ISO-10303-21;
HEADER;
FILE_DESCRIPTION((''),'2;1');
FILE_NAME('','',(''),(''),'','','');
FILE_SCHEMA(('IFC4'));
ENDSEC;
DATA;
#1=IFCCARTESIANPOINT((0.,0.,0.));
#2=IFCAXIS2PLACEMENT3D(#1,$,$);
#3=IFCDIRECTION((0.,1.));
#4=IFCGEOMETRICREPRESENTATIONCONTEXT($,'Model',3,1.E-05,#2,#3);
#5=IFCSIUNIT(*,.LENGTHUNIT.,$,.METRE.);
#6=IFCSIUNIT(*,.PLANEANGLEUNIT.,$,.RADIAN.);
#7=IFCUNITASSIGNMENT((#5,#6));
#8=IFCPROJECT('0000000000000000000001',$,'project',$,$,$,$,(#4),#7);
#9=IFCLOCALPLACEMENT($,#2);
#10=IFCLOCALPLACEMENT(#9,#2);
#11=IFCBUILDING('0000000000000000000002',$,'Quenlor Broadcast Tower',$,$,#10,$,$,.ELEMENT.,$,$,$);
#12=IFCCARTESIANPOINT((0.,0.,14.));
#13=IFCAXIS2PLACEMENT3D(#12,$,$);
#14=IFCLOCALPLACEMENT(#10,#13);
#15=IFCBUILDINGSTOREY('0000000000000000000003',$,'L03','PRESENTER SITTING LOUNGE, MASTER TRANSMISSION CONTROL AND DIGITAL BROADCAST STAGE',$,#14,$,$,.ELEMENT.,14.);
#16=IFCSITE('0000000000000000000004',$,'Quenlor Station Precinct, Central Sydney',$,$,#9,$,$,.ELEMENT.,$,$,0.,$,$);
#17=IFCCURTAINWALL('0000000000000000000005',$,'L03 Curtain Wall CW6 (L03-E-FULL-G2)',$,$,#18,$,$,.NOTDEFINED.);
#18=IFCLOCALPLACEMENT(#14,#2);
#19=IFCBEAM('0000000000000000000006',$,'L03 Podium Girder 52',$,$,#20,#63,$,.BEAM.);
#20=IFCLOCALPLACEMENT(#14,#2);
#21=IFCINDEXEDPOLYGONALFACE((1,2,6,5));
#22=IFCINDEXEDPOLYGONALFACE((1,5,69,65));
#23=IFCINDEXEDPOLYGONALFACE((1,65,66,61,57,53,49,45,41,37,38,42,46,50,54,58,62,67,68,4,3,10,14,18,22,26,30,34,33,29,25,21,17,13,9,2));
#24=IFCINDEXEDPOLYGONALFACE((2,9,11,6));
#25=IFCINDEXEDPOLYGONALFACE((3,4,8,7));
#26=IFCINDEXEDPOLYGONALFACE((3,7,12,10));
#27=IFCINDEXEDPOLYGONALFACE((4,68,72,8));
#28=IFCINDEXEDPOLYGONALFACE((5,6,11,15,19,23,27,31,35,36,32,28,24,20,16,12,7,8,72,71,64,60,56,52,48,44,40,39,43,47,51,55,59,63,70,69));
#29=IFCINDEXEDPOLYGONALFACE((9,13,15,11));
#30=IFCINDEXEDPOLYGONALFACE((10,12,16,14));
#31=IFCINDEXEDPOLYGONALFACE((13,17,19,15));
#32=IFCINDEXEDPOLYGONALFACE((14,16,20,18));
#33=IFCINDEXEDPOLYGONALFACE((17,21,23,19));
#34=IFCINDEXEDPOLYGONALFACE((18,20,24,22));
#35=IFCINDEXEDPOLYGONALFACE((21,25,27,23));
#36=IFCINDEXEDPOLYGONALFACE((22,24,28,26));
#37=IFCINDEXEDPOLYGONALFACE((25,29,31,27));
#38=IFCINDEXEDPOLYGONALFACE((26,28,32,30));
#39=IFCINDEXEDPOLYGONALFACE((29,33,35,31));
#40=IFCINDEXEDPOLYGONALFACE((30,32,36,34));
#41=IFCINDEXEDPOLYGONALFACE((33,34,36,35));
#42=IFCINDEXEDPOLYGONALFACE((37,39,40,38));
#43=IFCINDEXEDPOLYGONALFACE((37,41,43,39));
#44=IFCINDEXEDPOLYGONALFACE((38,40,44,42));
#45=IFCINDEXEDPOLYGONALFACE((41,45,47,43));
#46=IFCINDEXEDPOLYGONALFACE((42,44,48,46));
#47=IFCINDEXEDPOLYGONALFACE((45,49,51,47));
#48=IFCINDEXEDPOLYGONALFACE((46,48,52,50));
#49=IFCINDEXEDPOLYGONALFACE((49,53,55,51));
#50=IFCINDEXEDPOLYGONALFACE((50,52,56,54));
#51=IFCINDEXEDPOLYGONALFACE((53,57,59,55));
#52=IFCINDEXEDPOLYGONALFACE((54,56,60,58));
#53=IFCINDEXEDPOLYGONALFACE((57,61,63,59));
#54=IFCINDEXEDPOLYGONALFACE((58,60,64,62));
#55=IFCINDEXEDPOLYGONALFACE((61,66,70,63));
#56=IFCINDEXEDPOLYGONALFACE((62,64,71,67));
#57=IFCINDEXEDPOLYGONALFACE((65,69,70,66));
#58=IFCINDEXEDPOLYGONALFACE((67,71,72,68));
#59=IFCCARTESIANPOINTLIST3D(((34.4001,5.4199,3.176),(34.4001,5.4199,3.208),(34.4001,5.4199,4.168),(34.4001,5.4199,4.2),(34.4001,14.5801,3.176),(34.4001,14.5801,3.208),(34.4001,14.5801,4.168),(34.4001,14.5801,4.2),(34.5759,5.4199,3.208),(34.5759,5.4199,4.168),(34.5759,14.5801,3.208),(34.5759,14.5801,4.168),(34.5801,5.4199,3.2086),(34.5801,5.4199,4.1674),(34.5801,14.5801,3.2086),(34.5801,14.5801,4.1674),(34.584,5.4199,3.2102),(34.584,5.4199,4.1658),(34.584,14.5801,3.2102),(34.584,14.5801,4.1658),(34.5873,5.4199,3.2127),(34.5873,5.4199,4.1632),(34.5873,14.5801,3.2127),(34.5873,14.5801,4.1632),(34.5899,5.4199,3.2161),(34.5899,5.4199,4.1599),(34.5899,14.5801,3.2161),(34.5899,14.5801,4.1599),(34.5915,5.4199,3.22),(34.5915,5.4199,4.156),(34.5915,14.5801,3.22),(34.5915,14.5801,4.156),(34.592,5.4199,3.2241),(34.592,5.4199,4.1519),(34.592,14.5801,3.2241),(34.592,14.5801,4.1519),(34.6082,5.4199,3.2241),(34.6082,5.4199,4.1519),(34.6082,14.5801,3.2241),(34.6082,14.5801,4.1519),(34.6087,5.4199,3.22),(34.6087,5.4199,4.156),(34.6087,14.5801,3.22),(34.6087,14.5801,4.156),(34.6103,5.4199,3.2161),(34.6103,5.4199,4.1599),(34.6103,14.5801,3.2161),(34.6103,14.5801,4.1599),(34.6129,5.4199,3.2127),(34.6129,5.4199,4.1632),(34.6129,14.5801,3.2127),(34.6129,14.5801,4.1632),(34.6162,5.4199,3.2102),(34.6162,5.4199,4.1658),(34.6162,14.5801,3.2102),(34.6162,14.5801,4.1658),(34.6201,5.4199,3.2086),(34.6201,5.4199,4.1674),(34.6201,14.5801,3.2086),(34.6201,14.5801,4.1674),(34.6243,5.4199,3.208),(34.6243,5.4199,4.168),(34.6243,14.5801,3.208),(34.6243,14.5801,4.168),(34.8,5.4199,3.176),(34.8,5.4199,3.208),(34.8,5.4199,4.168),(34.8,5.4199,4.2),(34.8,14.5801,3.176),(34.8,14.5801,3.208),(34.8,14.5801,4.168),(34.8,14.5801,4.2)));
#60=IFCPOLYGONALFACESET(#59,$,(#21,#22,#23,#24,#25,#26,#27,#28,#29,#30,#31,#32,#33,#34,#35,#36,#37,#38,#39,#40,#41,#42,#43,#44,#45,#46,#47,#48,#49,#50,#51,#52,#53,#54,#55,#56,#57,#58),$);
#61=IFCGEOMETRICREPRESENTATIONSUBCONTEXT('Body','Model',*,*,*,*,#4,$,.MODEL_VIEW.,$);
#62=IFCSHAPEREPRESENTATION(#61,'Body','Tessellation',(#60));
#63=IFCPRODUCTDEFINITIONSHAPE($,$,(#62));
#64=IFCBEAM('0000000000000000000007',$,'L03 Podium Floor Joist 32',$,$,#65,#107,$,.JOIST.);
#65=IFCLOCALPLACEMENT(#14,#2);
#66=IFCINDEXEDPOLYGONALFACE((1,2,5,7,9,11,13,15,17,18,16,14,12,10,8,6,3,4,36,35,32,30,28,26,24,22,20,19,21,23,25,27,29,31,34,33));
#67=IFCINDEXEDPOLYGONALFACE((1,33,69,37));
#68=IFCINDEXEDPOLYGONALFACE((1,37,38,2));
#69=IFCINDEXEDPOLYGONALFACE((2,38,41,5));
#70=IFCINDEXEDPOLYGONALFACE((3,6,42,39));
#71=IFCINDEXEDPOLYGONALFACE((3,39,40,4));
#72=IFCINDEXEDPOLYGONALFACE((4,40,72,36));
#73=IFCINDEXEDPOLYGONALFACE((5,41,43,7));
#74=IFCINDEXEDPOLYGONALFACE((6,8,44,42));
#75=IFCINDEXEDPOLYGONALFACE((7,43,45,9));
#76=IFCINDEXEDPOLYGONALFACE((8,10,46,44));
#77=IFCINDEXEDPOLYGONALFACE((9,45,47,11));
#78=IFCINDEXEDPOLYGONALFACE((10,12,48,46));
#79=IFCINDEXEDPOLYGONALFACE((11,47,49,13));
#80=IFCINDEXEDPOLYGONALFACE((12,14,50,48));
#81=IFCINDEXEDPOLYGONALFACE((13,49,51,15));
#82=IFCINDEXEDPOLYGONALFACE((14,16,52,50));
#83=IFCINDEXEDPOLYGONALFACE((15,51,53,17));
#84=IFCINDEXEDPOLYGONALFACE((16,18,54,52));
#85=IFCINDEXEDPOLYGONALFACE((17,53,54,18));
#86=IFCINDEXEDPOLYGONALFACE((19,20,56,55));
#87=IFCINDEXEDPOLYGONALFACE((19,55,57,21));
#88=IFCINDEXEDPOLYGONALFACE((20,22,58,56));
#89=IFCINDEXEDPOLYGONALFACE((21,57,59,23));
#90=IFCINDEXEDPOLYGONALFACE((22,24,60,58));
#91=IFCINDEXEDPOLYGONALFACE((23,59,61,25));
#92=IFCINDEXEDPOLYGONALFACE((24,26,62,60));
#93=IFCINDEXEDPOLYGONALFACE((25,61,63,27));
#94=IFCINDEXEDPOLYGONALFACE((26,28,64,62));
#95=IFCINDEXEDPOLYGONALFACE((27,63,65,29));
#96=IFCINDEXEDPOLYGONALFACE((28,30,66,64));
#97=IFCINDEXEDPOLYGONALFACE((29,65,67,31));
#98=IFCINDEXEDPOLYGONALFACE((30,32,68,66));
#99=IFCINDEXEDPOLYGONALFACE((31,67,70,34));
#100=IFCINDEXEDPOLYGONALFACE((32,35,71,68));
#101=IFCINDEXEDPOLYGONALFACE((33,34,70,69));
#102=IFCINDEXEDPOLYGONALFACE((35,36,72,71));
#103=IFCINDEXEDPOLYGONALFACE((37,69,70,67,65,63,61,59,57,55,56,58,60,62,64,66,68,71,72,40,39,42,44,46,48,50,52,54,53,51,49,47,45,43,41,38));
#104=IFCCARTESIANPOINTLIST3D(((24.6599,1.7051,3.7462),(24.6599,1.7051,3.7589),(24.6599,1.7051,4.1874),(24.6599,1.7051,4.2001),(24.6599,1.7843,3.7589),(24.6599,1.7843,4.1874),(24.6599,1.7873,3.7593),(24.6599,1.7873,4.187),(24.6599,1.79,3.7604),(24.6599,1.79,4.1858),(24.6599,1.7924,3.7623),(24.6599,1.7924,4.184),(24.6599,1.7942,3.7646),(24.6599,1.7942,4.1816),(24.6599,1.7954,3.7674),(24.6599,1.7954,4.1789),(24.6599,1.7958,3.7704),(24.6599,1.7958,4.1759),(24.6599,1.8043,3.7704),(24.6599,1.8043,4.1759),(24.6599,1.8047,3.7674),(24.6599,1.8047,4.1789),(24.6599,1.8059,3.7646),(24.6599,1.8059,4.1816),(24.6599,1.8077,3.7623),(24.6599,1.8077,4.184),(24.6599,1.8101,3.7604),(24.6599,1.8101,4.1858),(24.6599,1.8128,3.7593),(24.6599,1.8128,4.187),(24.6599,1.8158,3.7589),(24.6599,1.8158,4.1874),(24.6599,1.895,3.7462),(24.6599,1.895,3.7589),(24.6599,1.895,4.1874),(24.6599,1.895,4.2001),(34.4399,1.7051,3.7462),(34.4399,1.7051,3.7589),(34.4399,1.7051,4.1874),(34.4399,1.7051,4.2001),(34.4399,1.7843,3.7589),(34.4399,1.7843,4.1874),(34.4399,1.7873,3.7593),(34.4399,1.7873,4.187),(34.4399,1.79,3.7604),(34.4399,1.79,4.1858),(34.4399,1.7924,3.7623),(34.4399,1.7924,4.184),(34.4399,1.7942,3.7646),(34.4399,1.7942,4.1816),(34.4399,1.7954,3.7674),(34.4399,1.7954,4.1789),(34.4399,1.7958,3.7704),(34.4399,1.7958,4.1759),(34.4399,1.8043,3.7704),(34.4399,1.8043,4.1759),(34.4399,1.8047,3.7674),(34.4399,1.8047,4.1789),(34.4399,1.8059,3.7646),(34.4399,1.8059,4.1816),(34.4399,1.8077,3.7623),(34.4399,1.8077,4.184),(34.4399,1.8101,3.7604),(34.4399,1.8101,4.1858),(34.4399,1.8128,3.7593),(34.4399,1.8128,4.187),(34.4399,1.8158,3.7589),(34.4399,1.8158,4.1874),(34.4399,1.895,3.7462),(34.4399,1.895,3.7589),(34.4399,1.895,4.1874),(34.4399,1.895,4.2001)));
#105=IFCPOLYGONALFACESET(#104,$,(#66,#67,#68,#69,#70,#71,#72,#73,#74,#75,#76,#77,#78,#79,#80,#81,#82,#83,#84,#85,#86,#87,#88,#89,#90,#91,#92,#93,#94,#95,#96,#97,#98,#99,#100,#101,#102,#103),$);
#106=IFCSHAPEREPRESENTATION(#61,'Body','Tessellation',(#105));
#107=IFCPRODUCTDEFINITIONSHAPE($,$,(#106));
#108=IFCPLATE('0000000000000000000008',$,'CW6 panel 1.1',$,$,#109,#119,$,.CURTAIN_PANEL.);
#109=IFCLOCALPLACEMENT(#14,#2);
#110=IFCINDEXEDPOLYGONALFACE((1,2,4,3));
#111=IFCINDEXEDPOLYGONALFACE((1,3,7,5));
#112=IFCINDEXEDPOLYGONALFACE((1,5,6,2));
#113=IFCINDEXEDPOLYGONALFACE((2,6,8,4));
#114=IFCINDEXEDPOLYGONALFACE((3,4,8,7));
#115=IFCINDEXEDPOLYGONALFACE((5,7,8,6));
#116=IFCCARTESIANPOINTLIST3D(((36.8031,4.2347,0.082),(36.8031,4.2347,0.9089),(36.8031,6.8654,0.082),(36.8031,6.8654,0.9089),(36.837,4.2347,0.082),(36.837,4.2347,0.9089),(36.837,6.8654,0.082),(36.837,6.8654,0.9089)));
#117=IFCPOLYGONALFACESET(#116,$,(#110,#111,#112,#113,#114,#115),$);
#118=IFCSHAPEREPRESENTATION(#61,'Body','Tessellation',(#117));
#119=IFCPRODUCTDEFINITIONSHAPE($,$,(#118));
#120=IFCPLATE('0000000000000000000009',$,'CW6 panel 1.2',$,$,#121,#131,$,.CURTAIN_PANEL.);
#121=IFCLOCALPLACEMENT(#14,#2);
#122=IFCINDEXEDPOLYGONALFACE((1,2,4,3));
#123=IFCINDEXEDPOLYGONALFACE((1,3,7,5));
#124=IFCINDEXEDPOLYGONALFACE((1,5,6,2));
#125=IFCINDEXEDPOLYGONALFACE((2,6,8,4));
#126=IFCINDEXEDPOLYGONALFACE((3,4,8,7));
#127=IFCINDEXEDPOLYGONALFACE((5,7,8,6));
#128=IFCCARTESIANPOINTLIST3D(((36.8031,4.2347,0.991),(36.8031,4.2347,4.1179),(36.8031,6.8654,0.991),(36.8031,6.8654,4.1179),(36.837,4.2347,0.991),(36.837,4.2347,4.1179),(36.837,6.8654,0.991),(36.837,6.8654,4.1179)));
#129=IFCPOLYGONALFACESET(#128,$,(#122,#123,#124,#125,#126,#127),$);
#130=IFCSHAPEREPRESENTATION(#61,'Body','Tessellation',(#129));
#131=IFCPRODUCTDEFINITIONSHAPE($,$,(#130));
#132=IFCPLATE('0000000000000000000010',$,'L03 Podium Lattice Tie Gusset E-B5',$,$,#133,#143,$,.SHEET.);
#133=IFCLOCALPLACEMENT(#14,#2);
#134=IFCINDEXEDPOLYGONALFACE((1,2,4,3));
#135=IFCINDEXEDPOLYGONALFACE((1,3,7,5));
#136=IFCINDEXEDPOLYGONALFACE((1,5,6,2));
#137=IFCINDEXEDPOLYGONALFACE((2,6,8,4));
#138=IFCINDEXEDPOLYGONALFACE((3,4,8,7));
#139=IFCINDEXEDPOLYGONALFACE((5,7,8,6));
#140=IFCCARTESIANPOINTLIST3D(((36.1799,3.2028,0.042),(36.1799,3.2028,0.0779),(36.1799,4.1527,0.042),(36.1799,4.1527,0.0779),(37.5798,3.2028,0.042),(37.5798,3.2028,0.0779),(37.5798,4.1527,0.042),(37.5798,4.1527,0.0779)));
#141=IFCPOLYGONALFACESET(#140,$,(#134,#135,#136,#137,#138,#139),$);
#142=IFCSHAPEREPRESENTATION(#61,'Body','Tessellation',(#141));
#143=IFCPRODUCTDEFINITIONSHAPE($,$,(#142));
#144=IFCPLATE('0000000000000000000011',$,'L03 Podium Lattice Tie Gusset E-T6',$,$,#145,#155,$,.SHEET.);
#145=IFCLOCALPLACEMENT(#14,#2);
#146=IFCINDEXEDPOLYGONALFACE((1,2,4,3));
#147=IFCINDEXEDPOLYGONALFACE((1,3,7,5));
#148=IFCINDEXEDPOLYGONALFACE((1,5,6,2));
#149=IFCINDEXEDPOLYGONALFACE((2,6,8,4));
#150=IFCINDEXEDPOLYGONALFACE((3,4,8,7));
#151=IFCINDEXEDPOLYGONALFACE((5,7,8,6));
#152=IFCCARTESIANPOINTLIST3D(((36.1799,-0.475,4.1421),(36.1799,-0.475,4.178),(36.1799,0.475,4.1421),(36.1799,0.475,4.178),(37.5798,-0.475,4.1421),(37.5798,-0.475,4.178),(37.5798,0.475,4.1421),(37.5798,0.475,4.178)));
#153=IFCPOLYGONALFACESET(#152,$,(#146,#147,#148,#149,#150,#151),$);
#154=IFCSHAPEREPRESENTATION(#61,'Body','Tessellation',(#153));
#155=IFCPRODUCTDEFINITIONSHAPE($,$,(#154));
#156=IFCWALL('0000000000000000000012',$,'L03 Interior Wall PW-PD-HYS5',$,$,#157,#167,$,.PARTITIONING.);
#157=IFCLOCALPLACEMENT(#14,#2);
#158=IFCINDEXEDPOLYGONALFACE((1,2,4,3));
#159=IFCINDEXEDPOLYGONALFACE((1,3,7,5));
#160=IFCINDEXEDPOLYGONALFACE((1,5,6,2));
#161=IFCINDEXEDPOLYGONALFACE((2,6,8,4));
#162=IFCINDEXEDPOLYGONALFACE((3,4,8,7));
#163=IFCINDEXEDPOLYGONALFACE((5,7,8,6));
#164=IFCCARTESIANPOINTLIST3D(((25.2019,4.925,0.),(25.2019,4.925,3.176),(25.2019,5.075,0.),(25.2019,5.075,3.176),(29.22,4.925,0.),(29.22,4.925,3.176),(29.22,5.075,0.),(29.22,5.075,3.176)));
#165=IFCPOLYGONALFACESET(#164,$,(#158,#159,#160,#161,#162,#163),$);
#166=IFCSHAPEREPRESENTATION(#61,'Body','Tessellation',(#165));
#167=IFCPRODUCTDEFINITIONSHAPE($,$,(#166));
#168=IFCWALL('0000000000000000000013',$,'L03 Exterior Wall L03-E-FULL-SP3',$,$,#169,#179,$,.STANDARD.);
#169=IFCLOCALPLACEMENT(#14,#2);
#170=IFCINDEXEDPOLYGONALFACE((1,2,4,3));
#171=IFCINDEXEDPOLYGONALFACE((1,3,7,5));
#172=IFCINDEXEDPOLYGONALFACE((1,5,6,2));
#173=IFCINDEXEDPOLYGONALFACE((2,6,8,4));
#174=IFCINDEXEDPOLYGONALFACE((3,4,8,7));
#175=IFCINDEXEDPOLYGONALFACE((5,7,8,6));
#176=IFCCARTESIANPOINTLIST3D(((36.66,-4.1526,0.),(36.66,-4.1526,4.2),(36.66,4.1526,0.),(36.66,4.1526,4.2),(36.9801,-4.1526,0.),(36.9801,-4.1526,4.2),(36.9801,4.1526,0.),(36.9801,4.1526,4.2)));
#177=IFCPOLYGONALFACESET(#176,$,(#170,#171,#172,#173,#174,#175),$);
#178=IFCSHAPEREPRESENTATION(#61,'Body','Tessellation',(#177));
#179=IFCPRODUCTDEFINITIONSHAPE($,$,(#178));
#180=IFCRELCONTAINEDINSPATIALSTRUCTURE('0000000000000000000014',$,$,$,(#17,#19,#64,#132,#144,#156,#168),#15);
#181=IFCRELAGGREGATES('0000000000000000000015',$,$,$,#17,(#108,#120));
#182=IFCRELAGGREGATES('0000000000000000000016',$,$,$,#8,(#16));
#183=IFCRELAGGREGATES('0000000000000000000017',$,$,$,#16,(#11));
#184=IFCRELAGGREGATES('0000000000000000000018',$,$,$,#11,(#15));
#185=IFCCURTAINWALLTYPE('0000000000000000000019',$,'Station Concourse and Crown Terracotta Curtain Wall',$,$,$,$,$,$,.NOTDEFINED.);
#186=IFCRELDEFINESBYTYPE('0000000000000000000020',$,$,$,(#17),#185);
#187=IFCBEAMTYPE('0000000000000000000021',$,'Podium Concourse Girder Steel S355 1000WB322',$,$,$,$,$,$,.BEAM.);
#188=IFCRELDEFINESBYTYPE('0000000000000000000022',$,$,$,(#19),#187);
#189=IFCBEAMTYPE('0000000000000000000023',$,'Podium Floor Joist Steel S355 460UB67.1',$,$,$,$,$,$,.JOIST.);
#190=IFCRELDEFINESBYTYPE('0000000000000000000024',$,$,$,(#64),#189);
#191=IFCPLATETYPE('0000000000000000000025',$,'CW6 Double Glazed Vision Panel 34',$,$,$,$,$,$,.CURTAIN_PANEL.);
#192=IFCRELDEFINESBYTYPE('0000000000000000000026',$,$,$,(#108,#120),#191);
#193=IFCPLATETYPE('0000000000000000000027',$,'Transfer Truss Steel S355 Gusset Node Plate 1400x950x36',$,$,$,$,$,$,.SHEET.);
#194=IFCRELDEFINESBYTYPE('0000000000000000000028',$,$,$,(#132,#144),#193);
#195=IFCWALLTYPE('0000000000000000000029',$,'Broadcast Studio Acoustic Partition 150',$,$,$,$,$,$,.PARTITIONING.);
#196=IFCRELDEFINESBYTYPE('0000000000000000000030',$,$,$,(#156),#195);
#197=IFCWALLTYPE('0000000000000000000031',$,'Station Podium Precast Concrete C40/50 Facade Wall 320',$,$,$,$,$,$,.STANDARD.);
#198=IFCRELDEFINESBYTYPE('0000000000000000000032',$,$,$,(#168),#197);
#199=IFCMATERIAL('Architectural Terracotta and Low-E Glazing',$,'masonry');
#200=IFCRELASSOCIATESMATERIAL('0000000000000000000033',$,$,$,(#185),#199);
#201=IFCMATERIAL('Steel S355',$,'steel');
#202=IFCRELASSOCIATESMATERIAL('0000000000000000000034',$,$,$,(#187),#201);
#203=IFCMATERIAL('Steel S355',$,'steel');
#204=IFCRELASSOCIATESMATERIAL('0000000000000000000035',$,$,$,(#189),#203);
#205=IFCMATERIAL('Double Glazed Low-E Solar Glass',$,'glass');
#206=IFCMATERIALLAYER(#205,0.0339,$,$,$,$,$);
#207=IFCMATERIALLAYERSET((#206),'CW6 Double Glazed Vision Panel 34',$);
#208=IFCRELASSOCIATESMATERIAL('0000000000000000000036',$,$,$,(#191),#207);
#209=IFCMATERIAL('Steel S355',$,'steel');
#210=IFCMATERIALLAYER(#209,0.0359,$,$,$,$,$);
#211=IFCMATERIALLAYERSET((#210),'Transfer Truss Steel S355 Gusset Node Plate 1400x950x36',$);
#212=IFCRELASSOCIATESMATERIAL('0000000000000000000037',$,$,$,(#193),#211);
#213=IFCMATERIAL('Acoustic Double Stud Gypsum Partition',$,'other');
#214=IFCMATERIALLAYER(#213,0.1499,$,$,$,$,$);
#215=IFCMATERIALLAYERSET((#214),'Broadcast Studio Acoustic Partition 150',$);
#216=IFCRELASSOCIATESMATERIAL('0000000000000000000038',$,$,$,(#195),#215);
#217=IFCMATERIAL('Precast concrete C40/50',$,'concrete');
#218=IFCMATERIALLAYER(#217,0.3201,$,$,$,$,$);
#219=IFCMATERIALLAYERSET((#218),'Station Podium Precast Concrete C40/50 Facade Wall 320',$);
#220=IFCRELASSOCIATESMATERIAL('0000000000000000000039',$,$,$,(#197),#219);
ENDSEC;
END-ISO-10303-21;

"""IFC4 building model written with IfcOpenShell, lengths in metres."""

from ifc_helpers import new_model, si_unit, direction, frame, frame_2d, origin, origin_2d, place, context, subcontext, project, spatial, rectangle, i_section, extrude, material, layer, layer_set, material_profile, profile_set, type_object, element, aggregate, save


model = new_model("IFC4")

# Units and contexts
model_context = context("Model", 3, precision=1e-05, world=origin(), true_north=direction((0.0, 1.0)))
body_context = subcontext(model_context, "Body", "Model", "MODEL_VIEW")
ifc_project = project(units=[si_unit("LENGTHUNIT", "METRE"), si_unit("PLANEANGLEUNIT", "RADIAN")], contexts=[model_context])

# Site, building, storey
site_placement = place(None, origin())
site = spatial("IfcSite", under=ifc_project, at=site_placement, Name="Quenlor Station Precinct, Central Sydney", CompositionType="ELEMENT", RefElevation=0.0)
building_placement = place(site_placement, origin())
building = spatial("IfcBuilding", under=site, at=building_placement, Name="Quenlor Broadcast Tower", CompositionType="ELEMENT")
storey_placement = place(building_placement, frame((0.0, 0.0, 14.0)))
storey = spatial("IfcBuildingStorey", under=building, at=storey_placement, Name="L03", Description="PRESENTER SITTING LOUNGE, MASTER TRANSMISSION CONTROL AND DIGITAL BROADCAST STAGE", CompositionType="ELEMENT", Elevation=14.0)

# Curtain wall
ifc_material_1 = material(Name="Architectural Terracotta and Low-E Glazing", Category="masonry")
curtain_wall_type = type_object("IfcCurtainWallType", Name="Station Concourse and Crown Terracotta Curtain Wall", PredefinedType="NOTDEFINED", material=ifc_material_1)
curtain_wall_placement = place(storey_placement, origin())
curtain_wall = element("IfcCurtainWall", 1, at=curtain_wall_placement, inside=storey, type_object=curtain_wall_type, Name="L03 Curtain Wall CW6 (L03-E-FULL-G2)", PredefinedType="NOTDEFINED")

# Beams
ifc_material_2 = material(Name="Steel S355", Category="steel")
ifc_material_profile_1 = material_profile(ifc_material_2, i_section(OverallWidth=0.3999, OverallDepth=1.0239, WebThickness=0.0161, FlangeThickness=0.032, FilletRadius=0.0161, at=origin_2d()))
ifc_profile_set_1 = profile_set([ifc_material_profile_1], Name="Steel S355 1000WB322")
beam_type_1 = type_object("IfcBeamType", Name="Podium Concourse Girder Steel S355 1000WB322", PredefinedType="BEAM", material=ifc_profile_set_1)
beam_1_placement = place(storey_placement, frame((34.6001, 5.4199, 3.688), z_axis=(0.0, 1.0, 0.0), x_axis=(-1.0, 0.0, 0.0)))
element("IfcBeam", 2, at=beam_1_placement, inside=storey, type_object=beam_type_1, Name="L03 Podium Girder 52", PredefinedType="BEAM", context=body_context, shape_type="SweptSolid", body=[
    extrude(i_section(OverallWidth=0.3999, OverallDepth=1.0239, WebThickness=0.0161, FlangeThickness=0.032, FilletRadius=0.0161, at=origin_2d()), origin(), (0.0, 0.0, 1.0), 9.1602),
])
ifc_material_3 = material(Name="Steel S355", Category="steel")
ifc_material_profile_2 = material_profile(ifc_material_3, i_section(OverallWidth=0.1899, OverallDepth=0.4539, WebThickness=0.0085, FlangeThickness=0.0127, FilletRadius=0.0115, at=origin_2d()))
ifc_profile_set_2 = profile_set([ifc_material_profile_2], Name="Steel S355 460UB67.1")
beam_type_2 = type_object("IfcBeamType", Name="Podium Floor Joist Steel S355 460UB67.1", PredefinedType="JOIST", material=ifc_profile_set_2)
beam_2_placement = place(storey_placement, frame((24.6599, 1.8, 3.9731), z_axis=(1.0, 0.0, 0.0), x_axis=(0.0, 1.0, 0.0)))
element("IfcBeam", 3, at=beam_2_placement, inside=storey, type_object=beam_type_2, Name="L03 Podium Floor Joist 32", PredefinedType="JOIST", context=body_context, shape_type="SweptSolid", body=[
    extrude(i_section(OverallWidth=0.1899, OverallDepth=0.4539, WebThickness=0.0085, FlangeThickness=0.0127, FilletRadius=0.0115, at=origin_2d()), origin(), (0.0, 0.0, 1.0), 9.78),
])

# Plates
ifc_material_4 = material(Name="Double Glazed Low-E Solar Glass", Category="glass")
ifc_layer_1 = layer(ifc_material_4, 0.0339)
ifc_layer_set_1 = layer_set([ifc_layer_1], Name="CW6 Double Glazed Vision Panel 34")
plate_type_1 = type_object("IfcPlateType", Name="CW6 Double Glazed Vision Panel 34", PredefinedType="CURTAIN_PANEL", material=ifc_layer_set_1)
plate_1_placement = place(storey_placement, frame((36.8201, 5.55, 0.082), z_axis=(0.0, 0.0, 1.0), x_axis=(0.0, -1.0, 0.0)))
plate_1 = element("IfcPlate", 4, at=plate_1_placement, type_object=plate_type_1, Name="CW6 panel 1.1", PredefinedType="CURTAIN_PANEL", context=body_context, shape_type="SweptSolid", body=[
    extrude(rectangle(XDim=2.6306, YDim=0.0339, at=origin_2d()), origin(), (0.0, 0.0, 1.0), 0.8269),
])
plate_2_placement = place(storey_placement, frame((36.8201, 5.55, 0.991), z_axis=(0.0, 0.0, 1.0), x_axis=(0.0, -1.0, 0.0)))
plate_2 = element("IfcPlate", 5, at=plate_2_placement, type_object=plate_type_1, Name="CW6 panel 1.2", PredefinedType="CURTAIN_PANEL", context=body_context, shape_type="SweptSolid", body=[
    extrude(rectangle(XDim=2.6306, YDim=0.0339, at=origin_2d()), origin(), (0.0, 0.0, 1.0), 3.127),
])
aggregate(curtain_wall, [plate_1, plate_2])

# Plates
ifc_material_5 = material(Name="Steel S355", Category="steel")
ifc_layer_2 = layer(ifc_material_5, 0.0359)
ifc_layer_set_2 = layer_set([ifc_layer_2], Name="Transfer Truss Steel S355 Gusset Node Plate 1400x950x36")
plate_type_2 = type_object("IfcPlateType", Name="Transfer Truss Steel S355 Gusset Node Plate 1400x950x36", PredefinedType="SHEET", material=ifc_layer_set_2)
for number, where, z_axis, x_axis, name in (
    (6, (36.8799, 3.6777, 0.042), (0.0, 0.0, 1.0), (1.0, 0.0, 0.0), "L03 Podium Lattice Tie Gusset E-B5"),
    (7, (36.8799, 0.0, 4.1421), (0.0, 0.0, 1.0), (1.0, 0.0, 0.0), "L03 Podium Lattice Tie Gusset E-T6"),
):
    element("IfcPlate", number, at=place(storey_placement, frame(where, z_axis=z_axis, x_axis=x_axis)), inside=storey, type_object=plate_type_2, Name=name, PredefinedType="SHEET", context=body_context, shape_type="SweptSolid", body=[
        extrude(rectangle(XDim=1.3999, YDim=0.95, at=origin_2d()), origin(), (0.0, 0.0, 1.0), 0.0359),
    ])

# Walls
ifc_material_6 = material(Name="Acoustic Double Stud Gypsum Partition", Category="other")
ifc_layer_3 = layer(ifc_material_6, 0.1499)
ifc_layer_set_3 = layer_set([ifc_layer_3], Name="Broadcast Studio Acoustic Partition 150")
wall_type_1 = type_object("IfcWallType", Name="Broadcast Studio Acoustic Partition 150", PredefinedType="PARTITIONING", material=ifc_layer_set_3)
wall_1_placement = place(storey_placement, frame((25.2019, 5.0, 0.0), z_axis=(0.0, 0.0, 1.0), x_axis=(1.0, 0.0, 0.0)))
element("IfcWall", 8, at=wall_1_placement, inside=storey, type_object=wall_type_1, Name="L03 Interior Wall PW-PD-HYS5", PredefinedType="PARTITIONING", context=body_context, shape_type="SweptSolid", body=[
    extrude(rectangle(XDim=4.0181, YDim=0.1499, at=frame_2d((2.009, 0.0))), origin(), (0.0, 0.0, 1.0), 3.176),
])
ifc_material_7 = material(Name="Precast concrete C40/50", Category="concrete")
ifc_layer_4 = layer(ifc_material_7, 0.3201)
ifc_layer_set_4 = layer_set([ifc_layer_4], Name="Station Podium Precast Concrete C40/50 Facade Wall 320")
wall_type_2 = type_object("IfcWallType", Name="Station Podium Precast Concrete C40/50 Facade Wall 320", PredefinedType="STANDARD", material=ifc_layer_set_4)
wall_2_placement = place(storey_placement, frame((36.8201, 4.1526, 0.0), z_axis=(0.0, 0.0, 1.0), x_axis=(0.0, -1.0, 0.0)))
element("IfcWall", 9, at=wall_2_placement, inside=storey, type_object=wall_type_2, Name="L03 Exterior Wall L03-E-FULL-SP3", PredefinedType="STANDARD", context=body_context, shape_type="SweptSolid", body=[
    extrude(rectangle(XDim=8.3052, YDim=0.3201, at=frame_2d((4.1526, 0.0))), origin(), (0.0, 0.0, 1.0), 4.2),
])

save(model, "model.ifc")
